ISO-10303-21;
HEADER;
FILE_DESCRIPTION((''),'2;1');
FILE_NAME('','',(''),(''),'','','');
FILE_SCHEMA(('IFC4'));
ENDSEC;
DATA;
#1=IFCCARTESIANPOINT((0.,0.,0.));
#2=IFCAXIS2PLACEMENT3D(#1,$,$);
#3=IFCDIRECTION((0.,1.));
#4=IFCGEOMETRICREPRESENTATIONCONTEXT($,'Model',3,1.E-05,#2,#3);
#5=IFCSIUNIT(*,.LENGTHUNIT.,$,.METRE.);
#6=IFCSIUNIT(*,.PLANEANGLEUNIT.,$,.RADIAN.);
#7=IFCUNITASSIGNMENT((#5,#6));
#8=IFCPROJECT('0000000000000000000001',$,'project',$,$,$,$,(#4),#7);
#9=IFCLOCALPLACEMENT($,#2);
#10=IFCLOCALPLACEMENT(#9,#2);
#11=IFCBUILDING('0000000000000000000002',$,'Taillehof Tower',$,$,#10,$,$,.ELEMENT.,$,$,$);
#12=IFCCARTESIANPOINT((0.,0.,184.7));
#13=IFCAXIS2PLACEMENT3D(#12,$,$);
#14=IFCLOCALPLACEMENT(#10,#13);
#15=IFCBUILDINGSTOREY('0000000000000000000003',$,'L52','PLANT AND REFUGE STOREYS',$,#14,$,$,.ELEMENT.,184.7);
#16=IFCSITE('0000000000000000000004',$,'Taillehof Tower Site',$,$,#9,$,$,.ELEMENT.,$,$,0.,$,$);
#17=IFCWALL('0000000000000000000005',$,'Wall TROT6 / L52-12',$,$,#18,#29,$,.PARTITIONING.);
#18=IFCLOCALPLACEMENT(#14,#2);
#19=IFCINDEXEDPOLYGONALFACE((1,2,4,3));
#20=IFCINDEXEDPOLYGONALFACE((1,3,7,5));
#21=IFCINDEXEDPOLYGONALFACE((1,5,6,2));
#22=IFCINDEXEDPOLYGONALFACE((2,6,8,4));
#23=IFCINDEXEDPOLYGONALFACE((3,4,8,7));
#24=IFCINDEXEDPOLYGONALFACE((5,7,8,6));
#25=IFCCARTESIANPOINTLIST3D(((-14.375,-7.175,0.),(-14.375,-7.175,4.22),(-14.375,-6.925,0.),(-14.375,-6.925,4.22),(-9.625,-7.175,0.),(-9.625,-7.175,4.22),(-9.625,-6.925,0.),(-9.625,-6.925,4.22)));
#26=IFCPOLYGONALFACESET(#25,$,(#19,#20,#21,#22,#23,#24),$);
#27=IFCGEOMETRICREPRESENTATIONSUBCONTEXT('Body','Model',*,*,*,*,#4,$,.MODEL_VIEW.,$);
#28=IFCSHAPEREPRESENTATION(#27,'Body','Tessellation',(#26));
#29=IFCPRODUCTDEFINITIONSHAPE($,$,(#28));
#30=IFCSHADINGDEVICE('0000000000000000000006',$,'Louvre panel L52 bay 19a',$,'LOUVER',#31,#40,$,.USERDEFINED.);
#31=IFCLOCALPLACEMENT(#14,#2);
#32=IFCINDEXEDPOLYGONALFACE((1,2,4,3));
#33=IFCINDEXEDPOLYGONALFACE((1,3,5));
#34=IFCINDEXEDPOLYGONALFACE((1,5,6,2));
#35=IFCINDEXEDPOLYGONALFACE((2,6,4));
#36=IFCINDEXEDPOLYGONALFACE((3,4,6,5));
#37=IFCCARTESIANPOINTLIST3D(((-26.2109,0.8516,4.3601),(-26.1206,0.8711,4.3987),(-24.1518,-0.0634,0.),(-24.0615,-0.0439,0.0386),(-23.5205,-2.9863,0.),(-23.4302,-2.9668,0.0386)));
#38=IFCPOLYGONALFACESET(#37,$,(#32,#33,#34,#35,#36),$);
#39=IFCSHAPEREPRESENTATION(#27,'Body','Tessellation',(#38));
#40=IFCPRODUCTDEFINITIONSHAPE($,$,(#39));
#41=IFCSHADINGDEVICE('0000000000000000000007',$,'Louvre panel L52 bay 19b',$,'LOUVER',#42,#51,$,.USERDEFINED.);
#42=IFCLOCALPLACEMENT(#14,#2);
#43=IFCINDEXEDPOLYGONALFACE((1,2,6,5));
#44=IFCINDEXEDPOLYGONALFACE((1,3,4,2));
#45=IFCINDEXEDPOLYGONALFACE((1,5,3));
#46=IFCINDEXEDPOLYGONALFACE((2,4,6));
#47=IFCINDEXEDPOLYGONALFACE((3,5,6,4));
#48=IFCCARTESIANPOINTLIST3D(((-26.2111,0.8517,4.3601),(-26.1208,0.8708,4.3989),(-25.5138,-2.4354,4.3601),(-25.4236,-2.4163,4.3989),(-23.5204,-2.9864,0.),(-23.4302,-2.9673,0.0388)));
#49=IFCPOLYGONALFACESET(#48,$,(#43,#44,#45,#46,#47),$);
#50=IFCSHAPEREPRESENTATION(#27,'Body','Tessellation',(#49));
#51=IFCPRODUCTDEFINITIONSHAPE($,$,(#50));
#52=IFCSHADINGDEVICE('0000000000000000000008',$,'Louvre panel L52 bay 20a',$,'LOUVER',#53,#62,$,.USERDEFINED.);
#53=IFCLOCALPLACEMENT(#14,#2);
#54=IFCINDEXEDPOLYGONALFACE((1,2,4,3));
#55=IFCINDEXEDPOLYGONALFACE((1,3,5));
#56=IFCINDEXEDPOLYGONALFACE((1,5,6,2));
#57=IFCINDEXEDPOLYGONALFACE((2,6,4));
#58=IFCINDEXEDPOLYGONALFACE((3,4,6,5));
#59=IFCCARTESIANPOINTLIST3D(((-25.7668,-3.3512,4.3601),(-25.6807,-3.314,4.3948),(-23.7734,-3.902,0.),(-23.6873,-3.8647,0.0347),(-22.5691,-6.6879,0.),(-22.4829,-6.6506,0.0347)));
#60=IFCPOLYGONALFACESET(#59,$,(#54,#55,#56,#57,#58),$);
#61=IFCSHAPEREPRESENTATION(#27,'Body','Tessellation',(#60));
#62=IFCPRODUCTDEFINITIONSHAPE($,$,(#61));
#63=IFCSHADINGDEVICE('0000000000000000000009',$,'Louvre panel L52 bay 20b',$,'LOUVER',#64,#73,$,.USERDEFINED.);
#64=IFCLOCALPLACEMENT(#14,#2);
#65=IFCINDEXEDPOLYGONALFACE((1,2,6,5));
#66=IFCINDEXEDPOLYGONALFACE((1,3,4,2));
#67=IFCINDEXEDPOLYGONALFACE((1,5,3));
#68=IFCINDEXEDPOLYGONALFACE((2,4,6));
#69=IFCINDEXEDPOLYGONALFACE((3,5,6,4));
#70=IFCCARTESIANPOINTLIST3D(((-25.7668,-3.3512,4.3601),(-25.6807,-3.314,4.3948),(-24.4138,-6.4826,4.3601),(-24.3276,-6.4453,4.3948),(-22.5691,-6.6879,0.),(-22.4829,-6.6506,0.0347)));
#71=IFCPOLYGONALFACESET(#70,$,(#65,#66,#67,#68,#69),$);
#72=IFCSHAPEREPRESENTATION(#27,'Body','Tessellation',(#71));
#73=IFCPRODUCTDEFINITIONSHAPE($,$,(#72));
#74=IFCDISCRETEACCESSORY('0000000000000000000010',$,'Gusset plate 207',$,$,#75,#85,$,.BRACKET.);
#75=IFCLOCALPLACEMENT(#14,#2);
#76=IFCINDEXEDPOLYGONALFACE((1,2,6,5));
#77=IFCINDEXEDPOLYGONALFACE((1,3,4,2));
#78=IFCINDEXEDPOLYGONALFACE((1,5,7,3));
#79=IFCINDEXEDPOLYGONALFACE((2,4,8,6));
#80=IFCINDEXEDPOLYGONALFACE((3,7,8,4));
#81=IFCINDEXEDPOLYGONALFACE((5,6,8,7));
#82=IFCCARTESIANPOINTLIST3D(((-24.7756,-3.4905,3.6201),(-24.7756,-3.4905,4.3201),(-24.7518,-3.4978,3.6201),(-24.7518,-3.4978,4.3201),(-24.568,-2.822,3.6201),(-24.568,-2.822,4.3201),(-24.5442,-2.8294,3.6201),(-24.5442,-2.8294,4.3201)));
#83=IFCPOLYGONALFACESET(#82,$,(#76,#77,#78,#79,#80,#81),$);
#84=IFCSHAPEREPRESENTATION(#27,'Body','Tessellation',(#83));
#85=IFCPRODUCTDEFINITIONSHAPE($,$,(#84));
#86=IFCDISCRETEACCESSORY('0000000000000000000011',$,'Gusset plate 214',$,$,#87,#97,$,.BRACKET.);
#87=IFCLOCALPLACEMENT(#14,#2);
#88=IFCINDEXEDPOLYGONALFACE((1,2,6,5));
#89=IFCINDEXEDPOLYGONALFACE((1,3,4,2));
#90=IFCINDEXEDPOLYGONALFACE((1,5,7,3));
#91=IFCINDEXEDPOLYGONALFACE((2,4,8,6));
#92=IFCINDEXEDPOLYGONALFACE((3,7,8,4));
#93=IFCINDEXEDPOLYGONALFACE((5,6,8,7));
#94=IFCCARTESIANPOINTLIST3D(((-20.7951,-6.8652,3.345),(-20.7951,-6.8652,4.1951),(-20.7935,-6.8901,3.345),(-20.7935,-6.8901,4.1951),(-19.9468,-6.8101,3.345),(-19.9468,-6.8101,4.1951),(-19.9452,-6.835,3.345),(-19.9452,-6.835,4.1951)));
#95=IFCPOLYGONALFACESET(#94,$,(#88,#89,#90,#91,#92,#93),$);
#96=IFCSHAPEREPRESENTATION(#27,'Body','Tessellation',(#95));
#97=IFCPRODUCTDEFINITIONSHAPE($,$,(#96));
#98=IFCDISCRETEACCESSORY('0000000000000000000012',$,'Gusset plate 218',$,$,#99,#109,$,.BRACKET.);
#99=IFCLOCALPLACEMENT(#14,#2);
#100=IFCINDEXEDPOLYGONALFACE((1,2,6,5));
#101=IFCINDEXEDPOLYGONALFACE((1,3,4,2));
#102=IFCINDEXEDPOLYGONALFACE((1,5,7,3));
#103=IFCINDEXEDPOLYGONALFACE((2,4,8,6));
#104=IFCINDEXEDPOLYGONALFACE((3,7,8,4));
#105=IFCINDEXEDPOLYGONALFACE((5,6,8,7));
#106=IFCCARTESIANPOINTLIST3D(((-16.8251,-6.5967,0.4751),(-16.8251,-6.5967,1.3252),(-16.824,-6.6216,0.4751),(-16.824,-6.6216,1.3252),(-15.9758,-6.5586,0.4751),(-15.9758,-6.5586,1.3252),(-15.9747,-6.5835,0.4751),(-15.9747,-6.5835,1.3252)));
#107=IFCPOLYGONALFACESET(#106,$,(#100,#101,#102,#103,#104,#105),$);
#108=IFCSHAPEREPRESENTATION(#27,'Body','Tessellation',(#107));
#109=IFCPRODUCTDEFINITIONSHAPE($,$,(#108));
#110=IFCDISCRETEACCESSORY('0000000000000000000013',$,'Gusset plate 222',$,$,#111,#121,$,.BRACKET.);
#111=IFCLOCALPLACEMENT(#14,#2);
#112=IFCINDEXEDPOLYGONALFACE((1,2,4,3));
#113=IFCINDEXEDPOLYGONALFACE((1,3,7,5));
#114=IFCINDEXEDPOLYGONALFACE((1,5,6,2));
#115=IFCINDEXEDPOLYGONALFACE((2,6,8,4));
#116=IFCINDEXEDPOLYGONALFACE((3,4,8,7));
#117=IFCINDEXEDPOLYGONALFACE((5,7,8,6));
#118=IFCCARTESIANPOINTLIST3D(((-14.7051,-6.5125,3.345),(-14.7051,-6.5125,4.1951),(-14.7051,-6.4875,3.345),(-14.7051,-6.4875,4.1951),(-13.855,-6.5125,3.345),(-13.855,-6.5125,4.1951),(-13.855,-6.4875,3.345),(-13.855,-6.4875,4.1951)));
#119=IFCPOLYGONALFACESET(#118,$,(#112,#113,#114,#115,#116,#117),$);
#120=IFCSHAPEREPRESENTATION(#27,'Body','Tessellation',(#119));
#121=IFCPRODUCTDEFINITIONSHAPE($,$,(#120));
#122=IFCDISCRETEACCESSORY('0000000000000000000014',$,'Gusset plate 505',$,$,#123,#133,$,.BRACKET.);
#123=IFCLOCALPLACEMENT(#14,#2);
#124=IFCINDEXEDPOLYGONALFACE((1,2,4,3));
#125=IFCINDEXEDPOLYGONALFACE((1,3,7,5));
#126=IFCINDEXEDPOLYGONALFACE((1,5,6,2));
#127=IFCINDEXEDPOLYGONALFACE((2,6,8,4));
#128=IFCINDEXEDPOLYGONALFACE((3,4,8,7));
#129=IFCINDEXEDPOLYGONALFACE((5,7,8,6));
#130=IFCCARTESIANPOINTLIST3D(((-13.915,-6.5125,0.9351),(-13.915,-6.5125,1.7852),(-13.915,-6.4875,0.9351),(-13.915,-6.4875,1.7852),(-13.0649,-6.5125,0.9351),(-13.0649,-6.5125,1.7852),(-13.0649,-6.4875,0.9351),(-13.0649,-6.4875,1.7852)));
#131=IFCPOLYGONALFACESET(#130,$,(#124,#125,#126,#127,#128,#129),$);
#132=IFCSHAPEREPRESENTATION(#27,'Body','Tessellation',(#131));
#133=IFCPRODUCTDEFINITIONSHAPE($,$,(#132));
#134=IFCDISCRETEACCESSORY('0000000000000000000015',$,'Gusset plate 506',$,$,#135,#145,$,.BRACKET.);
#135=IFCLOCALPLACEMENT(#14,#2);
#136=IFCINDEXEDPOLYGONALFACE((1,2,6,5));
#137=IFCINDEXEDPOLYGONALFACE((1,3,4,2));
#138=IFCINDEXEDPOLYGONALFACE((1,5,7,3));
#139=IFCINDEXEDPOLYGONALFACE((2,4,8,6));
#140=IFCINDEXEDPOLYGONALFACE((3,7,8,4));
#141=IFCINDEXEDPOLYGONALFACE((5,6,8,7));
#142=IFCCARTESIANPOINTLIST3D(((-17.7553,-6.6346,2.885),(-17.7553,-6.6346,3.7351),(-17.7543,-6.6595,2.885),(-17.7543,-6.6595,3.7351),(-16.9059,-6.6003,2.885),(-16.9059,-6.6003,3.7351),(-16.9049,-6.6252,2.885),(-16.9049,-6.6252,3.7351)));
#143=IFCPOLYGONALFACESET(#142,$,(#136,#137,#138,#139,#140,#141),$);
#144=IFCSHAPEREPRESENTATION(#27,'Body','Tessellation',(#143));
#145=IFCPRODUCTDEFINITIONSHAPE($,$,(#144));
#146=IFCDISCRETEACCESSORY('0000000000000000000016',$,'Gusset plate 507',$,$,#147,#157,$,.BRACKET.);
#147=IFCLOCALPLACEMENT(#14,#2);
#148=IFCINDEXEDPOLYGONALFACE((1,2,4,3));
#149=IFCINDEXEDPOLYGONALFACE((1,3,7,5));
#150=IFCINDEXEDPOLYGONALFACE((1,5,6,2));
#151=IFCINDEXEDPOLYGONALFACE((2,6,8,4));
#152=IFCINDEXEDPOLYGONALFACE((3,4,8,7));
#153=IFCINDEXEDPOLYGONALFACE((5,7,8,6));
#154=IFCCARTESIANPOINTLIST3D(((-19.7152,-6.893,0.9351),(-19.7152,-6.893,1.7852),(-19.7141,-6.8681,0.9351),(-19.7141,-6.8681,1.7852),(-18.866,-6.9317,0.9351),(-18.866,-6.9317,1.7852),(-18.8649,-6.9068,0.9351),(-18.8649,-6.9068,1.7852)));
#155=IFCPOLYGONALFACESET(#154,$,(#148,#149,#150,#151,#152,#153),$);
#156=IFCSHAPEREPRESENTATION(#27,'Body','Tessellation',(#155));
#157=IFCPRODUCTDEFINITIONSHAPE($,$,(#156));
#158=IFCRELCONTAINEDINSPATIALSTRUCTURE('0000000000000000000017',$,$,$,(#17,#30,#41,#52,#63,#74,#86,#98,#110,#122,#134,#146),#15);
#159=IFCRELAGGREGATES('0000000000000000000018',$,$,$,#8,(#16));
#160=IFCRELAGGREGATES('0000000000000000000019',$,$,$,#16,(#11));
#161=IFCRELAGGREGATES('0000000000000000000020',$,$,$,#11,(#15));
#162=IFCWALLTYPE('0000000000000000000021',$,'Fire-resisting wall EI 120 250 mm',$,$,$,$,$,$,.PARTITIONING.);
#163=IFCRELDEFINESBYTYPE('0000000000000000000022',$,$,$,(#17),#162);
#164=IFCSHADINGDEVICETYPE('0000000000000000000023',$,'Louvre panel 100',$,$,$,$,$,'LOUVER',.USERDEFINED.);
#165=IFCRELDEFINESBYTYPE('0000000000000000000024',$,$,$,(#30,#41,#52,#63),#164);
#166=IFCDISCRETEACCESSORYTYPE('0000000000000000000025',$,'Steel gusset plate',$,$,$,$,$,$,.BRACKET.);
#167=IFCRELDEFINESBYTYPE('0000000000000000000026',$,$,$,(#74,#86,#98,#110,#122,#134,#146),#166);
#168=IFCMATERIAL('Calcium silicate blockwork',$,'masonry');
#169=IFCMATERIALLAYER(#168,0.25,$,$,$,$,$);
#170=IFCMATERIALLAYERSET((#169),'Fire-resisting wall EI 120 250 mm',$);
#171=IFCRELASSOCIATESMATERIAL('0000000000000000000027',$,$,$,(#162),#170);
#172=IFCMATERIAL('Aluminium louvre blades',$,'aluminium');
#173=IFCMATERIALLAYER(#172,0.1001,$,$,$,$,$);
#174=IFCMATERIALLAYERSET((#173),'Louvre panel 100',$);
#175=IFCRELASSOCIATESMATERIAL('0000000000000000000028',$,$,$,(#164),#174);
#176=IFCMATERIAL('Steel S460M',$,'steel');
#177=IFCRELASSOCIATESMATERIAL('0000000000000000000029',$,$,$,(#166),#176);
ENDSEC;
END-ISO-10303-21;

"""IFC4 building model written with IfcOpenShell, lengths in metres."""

from ifc_helpers import new_model, si_unit, direction, frame, frame_2d, origin, origin_2d, place, context, subcontext, project, spatial, polyline, rectangle, outline, extrude, material, layer, layer_set, type_object, element, save


model = new_model("IFC4")

# Units and contexts
model_context = context("Model", 3, precision=1e-05, world=origin(), true_north=direction((0.0, 1.0)))
body_context = subcontext(model_context, "Body", "Model", "MODEL_VIEW")
ifc_project = project(units=[si_unit("LENGTHUNIT", "METRE"), si_unit("PLANEANGLEUNIT", "RADIAN")], contexts=[model_context])

# Site, building, storey
site_placement = place(None, origin())
site = spatial("IfcSite", under=ifc_project, at=site_placement, Name="Taillehof Tower Site", CompositionType="ELEMENT", RefElevation=0.0)
building_placement = place(site_placement, origin())
building = spatial("IfcBuilding", under=site, at=building_placement, Name="Taillehof Tower", CompositionType="ELEMENT")
storey_placement = place(building_placement, frame((0.0, 0.0, 184.7)))
storey = spatial("IfcBuildingStorey", under=building, at=storey_placement, Name="L52", Description="PLANT AND REFUGE STOREYS", CompositionType="ELEMENT", Elevation=184.7)

# Wall
ifc_material_1 = material(Name="Calcium silicate blockwork", Category="masonry")
ifc_layer_1 = layer(ifc_material_1, 0.25)
ifc_layer_set_1 = layer_set([ifc_layer_1], Name="Fire-resisting wall EI 120 250 mm")
wall_type_1 = type_object("IfcWallType", Name="Fire-resisting wall EI 120 250 mm", PredefinedType="PARTITIONING", material=ifc_layer_set_1)
wall_1_placement = place(storey_placement, frame((-14.375, -7.05, 0.0), z_axis=(0.0, 0.0, 1.0), x_axis=(1.0, 0.0, 0.0)))
element("IfcWall", 1, at=wall_1_placement, inside=storey, type_object=wall_type_1, Name="Wall TROT6 / L52-12", PredefinedType="PARTITIONING", context=body_context, shape_type="SweptSolid", body=[
    extrude(rectangle(XDim=4.75, YDim=0.25, at=frame_2d((2.375, 0.0))), origin(), (0.0, 0.0, 1.0), 4.22),
])

# Shading devices
ifc_material_2 = material(Name="Aluminium louvre blades", Category="aluminium")
ifc_layer_2 = layer(ifc_material_2, 0.1001)
ifc_layer_set_2 = layer_set([ifc_layer_2], Name="Louvre panel 100")
shading_device_type = type_object("IfcShadingDeviceType", Name="Louvre panel 100", ElementType="LOUVER", PredefinedType="USERDEFINED", material=ifc_layer_set_2)
shading_device_1_placement = place(storey_placement, frame((-24.0615, -0.0439, 0.0386), z_axis=(0.902065, 0.19485, 0.385112), x_axis=(0.211135, -0.977457, 0.0)))
element("IfcShadingDevice", 2, at=shading_device_1_placement, inside=storey, type_object=shading_device_type, Name="Louvre panel L52 bay 19a", ObjectType="LOUVER", PredefinedType="USERDEFINED", context=body_context, shape_type="SweptSolid", body=[
    extrude(outline(polyline([(0.0, 0.0), (2.9903, 0.0), (-1.3292, -4.7245), (0.0, 0.0)])), origin(), (0.0, 0.0, -1.0), 0.1001),
])
shading_device_2_placement = place(storey_placement, frame((-23.4302, -2.9673, 0.0388), z_axis=(0.901587, 0.191246, 0.388029), x_axis=(-0.413078, 0.114184, 0.903509)))
element("IfcShadingDevice", 3, at=shading_device_2_placement, inside=storey, type_object=shading_device_type, Name="Louvre panel L52 bay 19b", ObjectType="LOUVER", PredefinedType="USERDEFINED", context=body_context, shape_type="SweptSolid", body=[
    extrude(outline(polyline([(0.0, 0.0), (4.8257, 0.0), (5.4891, -3.2941), (0.0, 0.0)])), origin(), (0.0, 0.0, -1.0), 0.1001),
])
shading_device_3_placement = place(storey_placement, frame((-23.6873, -3.8647, 0.0347), z_axis=(0.860995, 0.37221, 0.346622), x_axis=(0.39681, -0.917901, 0.0)))
element("IfcShadingDevice", 4, at=shading_device_3_placement, inside=storey, type_object=shading_device_type, Name="Louvre panel L52 bay 20a", ObjectType="LOUVER", PredefinedType="USERDEFINED", context=body_context, shape_type="SweptSolid", body=[
    extrude(outline(polyline([(0.0, 0.0), (3.0351, 0.0), (-1.2966, -4.6483), (0.0, 0.0)])), origin(), (0.0, 0.0, -1.0), 0.1001),
])
shading_device_4_placement = place(storey_placement, frame((-22.4829, -6.6506, 0.0347), z_axis=(0.861012, 0.372036, 0.346768), x_axis=(-0.389286, 0.043328, 0.920097)))
element("IfcShadingDevice", 5, at=shading_device_4_placement, inside=storey, type_object=shading_device_type, Name="Louvre panel L52 bay 20b", ObjectType="LOUVER", PredefinedType="USERDEFINED", context=body_context, shape_type="SweptSolid", body=[
    extrude(outline(polyline([(0.0, 0.0), (4.7387, 0.0), (5.4011, -3.3462), (0.0, 0.0)])), origin(), (0.0, 0.0, -1.0), 0.1001),
])

# Discrete accessories
ifc_material_3 = material(Name="Steel S460M", Category="steel")
discrete_accessory_type = type_object("IfcDiscreteAccessoryType", Name="Steel gusset plate", PredefinedType="BRACKET", material=ifc_material_3)
discrete_accessory_placement = place(storey_placement, frame((-24.6599, -3.1599, 3.6201), z_axis=(0.0, 0.0, 1.0), x_axis=(-0.296512, -0.955029, 0.0)))
element("IfcDiscreteAccessory", 6, at=discrete_accessory_placement, inside=storey, type_object=discrete_accessory_type, Name="Gusset plate 207", PredefinedType="BRACKET", context=body_context, shape_type="SweptSolid", body=[
    extrude(rectangle(XDim=0.7, YDim=0.0249, at=origin_2d()), origin(), (0.0, 0.0, 1.0), 0.7),
])
for number, where, z_axis, x_axis, name in (
    (7, (-20.3701, -6.8501, 3.345), (0.0, 0.0, 1.0), (-0.997898, -0.064809, 0.0), "Gusset plate 214"),
    (8, (-16.3999, -6.5901, 0.4751), (0.0, 0.0, 1.0), (-0.998996, -0.044805, 0.0), "Gusset plate 218"),
    (9, (-14.28, -6.5, 3.345), (0.0, 0.0, 1.0), (-1.0, 0.0, 0.0), "Gusset plate 222"),
    (10, (-13.49, -6.5, 0.9351), (0.0, 0.0, 1.0), (-1.0, 0.0, 0.0), "Gusset plate 505"),
    (11, (-17.3301, -6.6299, 2.885), (0.0, 0.0, 1.0), (-0.999186, -0.040352, 0.0), "Gusset plate 506"),
    (12, (-19.29, -6.8999, 0.9351), (0.0, 0.0, 1.0), (-0.998967, 0.04544, 0.0), "Gusset plate 507"),
):
    element("IfcDiscreteAccessory", number, at=place(storey_placement, frame(where, z_axis=z_axis, x_axis=x_axis)), inside=storey, type_object=discrete_accessory_type, Name=name, PredefinedType="BRACKET", context=body_context, shape_type="SweptSolid", body=[
        extrude(rectangle(XDim=0.8501, YDim=0.0249, at=origin_2d()), origin(), (0.0, 0.0, 1.0), 0.8501),
    ])

save(model, "model.ifc")
